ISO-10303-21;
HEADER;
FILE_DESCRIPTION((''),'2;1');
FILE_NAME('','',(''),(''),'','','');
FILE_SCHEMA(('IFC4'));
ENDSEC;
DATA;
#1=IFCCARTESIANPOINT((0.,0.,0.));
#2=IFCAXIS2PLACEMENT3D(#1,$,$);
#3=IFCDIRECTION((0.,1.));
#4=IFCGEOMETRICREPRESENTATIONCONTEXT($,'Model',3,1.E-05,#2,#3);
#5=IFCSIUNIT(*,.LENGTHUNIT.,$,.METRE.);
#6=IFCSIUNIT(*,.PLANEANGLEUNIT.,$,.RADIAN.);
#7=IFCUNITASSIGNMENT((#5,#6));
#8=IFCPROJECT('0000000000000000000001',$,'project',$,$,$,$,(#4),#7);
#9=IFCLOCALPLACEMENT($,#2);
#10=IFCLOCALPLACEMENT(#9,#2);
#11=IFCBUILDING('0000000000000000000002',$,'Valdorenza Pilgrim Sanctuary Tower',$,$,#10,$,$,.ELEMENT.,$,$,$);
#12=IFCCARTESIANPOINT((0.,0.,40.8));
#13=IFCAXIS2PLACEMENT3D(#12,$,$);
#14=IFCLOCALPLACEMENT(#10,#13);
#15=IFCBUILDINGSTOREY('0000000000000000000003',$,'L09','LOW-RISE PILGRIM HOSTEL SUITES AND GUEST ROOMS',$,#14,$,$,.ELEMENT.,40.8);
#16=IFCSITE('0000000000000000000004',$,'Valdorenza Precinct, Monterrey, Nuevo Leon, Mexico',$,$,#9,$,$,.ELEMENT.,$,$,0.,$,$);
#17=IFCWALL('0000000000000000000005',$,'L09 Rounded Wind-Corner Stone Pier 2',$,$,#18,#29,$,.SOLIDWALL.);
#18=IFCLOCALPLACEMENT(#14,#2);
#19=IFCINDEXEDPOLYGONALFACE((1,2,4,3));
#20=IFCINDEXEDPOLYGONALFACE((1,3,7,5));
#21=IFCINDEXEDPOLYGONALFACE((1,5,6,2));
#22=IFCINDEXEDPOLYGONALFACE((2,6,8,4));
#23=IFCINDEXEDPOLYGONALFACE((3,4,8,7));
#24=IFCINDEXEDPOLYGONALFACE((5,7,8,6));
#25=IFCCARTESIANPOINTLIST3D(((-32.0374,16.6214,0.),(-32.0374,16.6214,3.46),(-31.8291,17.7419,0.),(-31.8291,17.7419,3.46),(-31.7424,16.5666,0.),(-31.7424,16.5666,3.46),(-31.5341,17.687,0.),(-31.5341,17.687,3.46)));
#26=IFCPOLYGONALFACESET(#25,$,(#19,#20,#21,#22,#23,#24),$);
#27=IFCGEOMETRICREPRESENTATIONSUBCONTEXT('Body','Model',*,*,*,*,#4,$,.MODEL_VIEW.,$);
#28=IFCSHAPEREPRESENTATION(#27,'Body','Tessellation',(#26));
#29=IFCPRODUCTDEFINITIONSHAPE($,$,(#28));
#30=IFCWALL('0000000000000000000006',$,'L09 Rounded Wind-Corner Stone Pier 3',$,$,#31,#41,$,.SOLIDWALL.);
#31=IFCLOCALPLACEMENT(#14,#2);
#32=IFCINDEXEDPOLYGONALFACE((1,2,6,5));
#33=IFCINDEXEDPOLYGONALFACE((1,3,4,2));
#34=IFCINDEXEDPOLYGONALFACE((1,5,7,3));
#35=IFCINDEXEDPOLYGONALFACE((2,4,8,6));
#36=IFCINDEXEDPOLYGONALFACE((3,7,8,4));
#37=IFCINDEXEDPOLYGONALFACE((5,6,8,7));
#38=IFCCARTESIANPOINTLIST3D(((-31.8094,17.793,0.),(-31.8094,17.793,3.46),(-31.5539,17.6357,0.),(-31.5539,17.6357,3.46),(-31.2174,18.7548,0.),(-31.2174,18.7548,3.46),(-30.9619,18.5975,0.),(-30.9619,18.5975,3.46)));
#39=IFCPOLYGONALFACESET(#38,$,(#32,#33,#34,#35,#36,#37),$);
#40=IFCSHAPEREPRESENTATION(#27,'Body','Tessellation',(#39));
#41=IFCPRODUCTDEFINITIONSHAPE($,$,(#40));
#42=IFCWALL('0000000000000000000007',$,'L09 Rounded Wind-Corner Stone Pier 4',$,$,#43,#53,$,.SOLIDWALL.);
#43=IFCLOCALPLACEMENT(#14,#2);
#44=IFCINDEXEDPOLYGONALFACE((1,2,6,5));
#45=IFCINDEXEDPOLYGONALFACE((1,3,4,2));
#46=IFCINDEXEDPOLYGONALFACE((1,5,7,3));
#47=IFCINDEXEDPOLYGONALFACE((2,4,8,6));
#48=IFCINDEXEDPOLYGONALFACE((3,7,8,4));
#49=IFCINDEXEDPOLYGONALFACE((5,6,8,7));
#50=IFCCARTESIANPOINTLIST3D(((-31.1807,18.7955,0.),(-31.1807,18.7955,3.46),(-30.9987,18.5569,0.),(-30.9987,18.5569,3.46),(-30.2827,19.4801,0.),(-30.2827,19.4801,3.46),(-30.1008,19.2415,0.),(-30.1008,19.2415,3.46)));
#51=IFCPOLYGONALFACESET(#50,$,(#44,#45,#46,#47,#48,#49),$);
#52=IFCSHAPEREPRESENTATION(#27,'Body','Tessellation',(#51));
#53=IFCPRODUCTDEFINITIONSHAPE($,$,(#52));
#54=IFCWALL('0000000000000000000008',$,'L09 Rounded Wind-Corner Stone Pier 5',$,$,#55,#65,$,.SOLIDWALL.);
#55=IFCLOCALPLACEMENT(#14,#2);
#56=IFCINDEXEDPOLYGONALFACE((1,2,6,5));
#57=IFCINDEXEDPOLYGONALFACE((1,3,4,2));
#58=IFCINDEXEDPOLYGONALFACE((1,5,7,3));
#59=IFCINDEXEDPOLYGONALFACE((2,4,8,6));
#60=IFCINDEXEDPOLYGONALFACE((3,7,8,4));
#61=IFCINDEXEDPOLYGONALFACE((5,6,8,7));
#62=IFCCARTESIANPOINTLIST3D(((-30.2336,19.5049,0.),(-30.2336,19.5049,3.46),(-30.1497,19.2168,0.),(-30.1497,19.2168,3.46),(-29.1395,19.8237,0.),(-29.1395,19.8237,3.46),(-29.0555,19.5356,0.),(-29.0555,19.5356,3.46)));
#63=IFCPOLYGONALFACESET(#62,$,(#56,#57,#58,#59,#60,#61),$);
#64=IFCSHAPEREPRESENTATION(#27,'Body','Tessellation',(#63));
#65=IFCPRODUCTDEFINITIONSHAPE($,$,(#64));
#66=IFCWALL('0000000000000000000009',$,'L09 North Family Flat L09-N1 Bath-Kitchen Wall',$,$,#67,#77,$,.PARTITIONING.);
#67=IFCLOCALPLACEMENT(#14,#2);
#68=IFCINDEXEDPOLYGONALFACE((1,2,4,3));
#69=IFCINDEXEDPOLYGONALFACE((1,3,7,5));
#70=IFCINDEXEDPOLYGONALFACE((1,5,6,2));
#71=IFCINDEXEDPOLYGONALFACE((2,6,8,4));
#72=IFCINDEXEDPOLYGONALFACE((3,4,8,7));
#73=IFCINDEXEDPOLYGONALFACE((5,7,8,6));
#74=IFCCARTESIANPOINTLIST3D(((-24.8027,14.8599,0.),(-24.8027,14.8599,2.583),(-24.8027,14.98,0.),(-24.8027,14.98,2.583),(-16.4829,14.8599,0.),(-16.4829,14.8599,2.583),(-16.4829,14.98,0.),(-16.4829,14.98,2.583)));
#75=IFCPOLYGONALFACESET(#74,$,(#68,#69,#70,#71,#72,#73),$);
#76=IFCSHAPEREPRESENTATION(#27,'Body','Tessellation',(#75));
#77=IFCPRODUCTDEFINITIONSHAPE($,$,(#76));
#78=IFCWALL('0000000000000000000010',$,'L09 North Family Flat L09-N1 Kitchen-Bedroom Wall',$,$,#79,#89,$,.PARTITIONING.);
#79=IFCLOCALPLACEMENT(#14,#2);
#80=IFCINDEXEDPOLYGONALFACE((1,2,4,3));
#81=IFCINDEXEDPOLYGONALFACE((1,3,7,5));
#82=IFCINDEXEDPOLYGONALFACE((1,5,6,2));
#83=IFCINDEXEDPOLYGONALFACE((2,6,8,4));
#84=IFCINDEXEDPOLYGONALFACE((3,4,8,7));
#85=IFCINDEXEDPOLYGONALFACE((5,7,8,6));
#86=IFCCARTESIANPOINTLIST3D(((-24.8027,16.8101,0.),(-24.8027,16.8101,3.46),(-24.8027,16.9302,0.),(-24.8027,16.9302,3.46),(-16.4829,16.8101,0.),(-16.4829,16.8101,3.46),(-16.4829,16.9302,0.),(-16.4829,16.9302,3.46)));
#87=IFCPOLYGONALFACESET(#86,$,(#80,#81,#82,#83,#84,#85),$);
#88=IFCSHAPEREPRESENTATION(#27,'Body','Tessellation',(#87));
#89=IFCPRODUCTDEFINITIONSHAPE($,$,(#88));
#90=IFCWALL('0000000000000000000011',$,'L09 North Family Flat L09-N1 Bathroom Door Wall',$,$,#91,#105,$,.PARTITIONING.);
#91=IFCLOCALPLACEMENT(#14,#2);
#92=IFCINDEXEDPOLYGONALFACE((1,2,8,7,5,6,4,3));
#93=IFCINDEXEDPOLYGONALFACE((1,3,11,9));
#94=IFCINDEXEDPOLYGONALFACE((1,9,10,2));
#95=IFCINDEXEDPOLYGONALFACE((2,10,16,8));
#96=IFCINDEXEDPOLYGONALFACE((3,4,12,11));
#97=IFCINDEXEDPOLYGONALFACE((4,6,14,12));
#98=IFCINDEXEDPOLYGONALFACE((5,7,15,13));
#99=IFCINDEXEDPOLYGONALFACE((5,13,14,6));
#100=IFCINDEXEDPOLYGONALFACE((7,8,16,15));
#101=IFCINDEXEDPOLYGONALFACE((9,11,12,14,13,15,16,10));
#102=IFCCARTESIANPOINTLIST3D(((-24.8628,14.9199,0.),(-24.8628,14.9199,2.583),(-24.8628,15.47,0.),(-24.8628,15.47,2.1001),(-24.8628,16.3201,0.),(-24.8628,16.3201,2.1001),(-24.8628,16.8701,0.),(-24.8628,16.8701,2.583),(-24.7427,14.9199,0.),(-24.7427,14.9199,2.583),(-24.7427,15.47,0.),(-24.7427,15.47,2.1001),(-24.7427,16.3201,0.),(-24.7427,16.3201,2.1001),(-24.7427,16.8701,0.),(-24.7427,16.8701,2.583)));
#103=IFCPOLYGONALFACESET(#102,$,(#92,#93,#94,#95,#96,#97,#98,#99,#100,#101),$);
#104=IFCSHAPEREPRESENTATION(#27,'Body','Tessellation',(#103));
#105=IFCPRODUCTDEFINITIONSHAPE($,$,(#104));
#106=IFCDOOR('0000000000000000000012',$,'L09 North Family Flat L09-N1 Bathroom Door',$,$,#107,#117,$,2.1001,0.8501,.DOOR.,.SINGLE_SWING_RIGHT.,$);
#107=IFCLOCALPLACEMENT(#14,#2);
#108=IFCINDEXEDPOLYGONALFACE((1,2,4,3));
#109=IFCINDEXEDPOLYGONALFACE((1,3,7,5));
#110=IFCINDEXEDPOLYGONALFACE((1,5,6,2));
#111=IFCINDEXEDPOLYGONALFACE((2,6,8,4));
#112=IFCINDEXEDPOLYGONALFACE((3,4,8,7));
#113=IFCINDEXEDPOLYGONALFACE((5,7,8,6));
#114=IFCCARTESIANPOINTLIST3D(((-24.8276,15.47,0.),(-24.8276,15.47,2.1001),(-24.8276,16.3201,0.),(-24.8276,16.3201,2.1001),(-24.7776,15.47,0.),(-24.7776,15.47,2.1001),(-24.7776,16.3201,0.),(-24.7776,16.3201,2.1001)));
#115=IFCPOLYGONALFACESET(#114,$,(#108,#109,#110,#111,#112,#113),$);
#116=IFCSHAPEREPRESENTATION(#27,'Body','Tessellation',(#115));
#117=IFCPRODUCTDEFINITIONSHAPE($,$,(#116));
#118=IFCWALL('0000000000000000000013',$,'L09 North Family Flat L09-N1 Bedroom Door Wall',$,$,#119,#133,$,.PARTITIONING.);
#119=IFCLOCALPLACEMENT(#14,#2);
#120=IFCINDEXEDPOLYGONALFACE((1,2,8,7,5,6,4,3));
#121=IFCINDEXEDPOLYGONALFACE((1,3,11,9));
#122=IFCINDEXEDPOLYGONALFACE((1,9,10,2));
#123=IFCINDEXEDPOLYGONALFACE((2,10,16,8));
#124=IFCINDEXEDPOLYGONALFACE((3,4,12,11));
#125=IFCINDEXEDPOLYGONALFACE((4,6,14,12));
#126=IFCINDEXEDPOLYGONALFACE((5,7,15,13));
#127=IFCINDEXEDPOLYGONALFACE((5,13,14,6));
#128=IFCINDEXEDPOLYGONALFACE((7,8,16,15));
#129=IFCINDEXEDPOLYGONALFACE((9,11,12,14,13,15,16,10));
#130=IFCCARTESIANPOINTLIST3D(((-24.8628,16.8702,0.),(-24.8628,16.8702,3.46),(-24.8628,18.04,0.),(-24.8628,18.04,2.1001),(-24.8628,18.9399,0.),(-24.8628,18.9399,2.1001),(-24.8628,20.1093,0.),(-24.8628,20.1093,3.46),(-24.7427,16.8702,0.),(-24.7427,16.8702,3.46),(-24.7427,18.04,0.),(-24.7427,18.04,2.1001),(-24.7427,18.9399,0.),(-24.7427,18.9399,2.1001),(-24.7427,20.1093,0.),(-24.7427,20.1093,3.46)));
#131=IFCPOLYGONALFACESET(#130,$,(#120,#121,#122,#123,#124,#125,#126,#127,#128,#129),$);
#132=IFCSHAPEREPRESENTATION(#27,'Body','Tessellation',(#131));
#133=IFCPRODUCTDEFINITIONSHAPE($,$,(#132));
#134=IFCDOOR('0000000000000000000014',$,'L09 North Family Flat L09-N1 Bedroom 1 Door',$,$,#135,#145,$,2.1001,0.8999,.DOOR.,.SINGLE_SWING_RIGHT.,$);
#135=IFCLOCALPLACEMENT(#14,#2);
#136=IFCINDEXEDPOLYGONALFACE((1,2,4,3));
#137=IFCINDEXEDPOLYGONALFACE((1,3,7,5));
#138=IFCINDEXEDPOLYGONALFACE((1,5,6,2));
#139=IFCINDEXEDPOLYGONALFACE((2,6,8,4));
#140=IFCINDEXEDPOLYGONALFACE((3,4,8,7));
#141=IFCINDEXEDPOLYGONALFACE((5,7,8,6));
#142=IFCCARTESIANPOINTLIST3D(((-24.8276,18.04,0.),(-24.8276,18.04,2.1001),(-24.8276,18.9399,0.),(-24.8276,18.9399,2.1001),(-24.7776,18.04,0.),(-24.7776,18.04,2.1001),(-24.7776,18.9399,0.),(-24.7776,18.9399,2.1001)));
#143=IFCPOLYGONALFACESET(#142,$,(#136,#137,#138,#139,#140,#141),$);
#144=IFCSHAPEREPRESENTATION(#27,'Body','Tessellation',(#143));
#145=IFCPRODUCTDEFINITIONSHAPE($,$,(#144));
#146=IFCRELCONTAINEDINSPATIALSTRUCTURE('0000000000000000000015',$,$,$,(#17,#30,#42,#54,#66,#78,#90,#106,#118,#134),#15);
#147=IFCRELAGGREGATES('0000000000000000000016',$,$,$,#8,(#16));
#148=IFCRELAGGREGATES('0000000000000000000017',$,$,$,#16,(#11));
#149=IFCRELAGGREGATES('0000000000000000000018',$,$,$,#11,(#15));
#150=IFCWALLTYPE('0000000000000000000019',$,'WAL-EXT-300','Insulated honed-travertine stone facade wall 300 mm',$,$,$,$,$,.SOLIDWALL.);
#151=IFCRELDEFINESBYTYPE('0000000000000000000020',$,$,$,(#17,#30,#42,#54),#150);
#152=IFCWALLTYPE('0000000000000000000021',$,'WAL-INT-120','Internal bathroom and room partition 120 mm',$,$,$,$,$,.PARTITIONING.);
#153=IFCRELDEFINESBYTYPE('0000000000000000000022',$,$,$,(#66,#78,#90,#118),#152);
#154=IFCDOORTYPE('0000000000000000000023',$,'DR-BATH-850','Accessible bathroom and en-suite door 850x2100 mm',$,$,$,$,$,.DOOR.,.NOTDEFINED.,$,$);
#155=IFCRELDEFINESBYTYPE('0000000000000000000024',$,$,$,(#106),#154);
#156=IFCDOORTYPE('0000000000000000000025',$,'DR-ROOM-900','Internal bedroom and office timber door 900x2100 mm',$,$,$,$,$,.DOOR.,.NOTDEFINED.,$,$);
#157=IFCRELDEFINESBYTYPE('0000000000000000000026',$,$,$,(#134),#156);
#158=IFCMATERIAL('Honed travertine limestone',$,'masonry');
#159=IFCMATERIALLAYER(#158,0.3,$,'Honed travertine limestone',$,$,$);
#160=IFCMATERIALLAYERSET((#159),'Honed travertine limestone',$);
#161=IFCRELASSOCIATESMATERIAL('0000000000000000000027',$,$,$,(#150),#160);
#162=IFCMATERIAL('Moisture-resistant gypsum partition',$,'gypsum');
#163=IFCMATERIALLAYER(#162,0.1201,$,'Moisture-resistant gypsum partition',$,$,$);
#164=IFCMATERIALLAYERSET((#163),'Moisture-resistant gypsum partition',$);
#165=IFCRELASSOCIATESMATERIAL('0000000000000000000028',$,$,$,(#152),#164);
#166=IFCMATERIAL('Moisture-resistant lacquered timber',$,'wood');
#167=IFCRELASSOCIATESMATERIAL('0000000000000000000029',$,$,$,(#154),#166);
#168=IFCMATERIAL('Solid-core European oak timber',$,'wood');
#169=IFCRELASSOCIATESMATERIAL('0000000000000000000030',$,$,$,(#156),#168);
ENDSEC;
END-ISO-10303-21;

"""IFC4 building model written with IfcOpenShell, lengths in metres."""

from ifc_helpers import new_model, si_unit, direction, frame, frame_2d, origin, place, context, subcontext, project, spatial, rectangle, extrude, material, layer, layer_set, type_object, element, fill, save


model = new_model("IFC4")

# Units and contexts
model_context = context("Model", 3, precision=1e-05, world=origin(), true_north=direction((0.0, 1.0)))
body_context = subcontext(model_context, "Body", "Model", "MODEL_VIEW")
ifc_project = project(units=[si_unit("LENGTHUNIT", "METRE"), si_unit("PLANEANGLEUNIT", "RADIAN")], contexts=[model_context])

# Site, building, storey
site_placement = place(None, origin())
site = spatial("IfcSite", under=ifc_project, at=site_placement, Name="Valdorenza Precinct, Monterrey, Nuevo Leon, Mexico", CompositionType="ELEMENT", RefElevation=0.0)
building_placement = place(site_placement, origin())
building = spatial("IfcBuilding", under=site, at=building_placement, Name="Valdorenza Pilgrim Sanctuary Tower", CompositionType="ELEMENT")
storey_placement = place(building_placement, frame((0.0, 0.0, 40.8)))
storey = spatial("IfcBuildingStorey", under=building, at=storey_placement, Name="L09", Description="LOW-RISE PILGRIM HOSTEL SUITES AND GUEST ROOMS", CompositionType="ELEMENT", Elevation=40.8)

# Shared definitions
ifc_material_1 = material(Name="Honed travertine limestone", Category="masonry")

# Walls
ifc_layer_1 = layer(ifc_material_1, 0.3, Name="Honed travertine limestone")
ifc_layer_set_1 = layer_set([ifc_layer_1], Name="Honed travertine limestone")
wall_type_1 = type_object("IfcWallType", Name="WAL-EXT-300", Description="Insulated honed-travertine stone facade wall 300 mm", PredefinedType="SOLIDWALL", material=ifc_layer_set_1)
wall_1_placement = place(storey_placement, frame((-31.8899, 16.594, 0.0), z_axis=(0.0, 0.0, 1.0), x_axis=(0.182749, 0.98316, 0.0)))
element("IfcWall", 1, at=wall_1_placement, inside=storey, type_object=wall_type_1, Name="L09 Rounded Wind-Corner Stone Pier 2", PredefinedType="SOLIDWALL", context=body_context, shape_type="SweptSolid", body=[
    extrude(rectangle(XDim=1.1396, YDim=0.3, at=frame_2d((0.5698, 0.0))), origin(), (0.0, 0.0, 1.0), 3.46),
])
wall_2_placement = place(storey_placement, frame((-31.6816, 17.7144, 0.0), z_axis=(0.0, 0.0, 1.0), x_axis=(0.524158, 0.851621, 0.0)))
element("IfcWall", 2, at=wall_2_placement, inside=storey, type_object=wall_type_1, Name="L09 Rounded Wind-Corner Stone Pier 3", PredefinedType="SOLIDWALL", context=body_context, shape_type="SweptSolid", body=[
    extrude(rectangle(XDim=1.1294, YDim=0.3, at=frame_2d((0.5647, 0.0))), origin(), (0.0, 0.0, 1.0), 3.46),
])
wall_3_placement = place(storey_placement, frame((-31.0896, 18.6763, 0.0), z_axis=(0.0, 0.0, 1.0), x_axis=(0.795253, 0.606278, 0.0)))
element("IfcWall", 3, at=wall_3_placement, inside=storey, type_object=wall_type_1, Name="L09 Rounded Wind-Corner Stone Pier 4", PredefinedType="SOLIDWALL", context=body_context, shape_type="SweptSolid", body=[
    extrude(rectangle(XDim=1.1292, YDim=0.3, at=frame_2d((0.5645, 0.0))), origin(), (0.0, 0.0, 1.0), 3.46),
])
wall_4_placement = place(storey_placement, frame((-30.1917, 19.3608, 0.0), z_axis=(0.0, 0.0, 1.0), x_axis=(0.960072, 0.279753, 0.0)))
element("IfcWall", 4, at=wall_4_placement, inside=storey, type_object=wall_type_1, Name="L09 Rounded Wind-Corner Stone Pier 5", PredefinedType="SOLIDWALL", context=body_context, shape_type="SweptSolid", body=[
    extrude(rectangle(XDim=1.1396, YDim=0.3, at=frame_2d((0.5698, 0.0))), origin(), (0.0, 0.0, 1.0), 3.46),
])
ifc_material_2 = material(Name="Moisture-resistant gypsum partition", Category="gypsum")
ifc_layer_2 = layer(ifc_material_2, 0.1201, Name="Moisture-resistant gypsum partition")
ifc_layer_set_2 = layer_set([ifc_layer_2], Name="Moisture-resistant gypsum partition")
wall_type_2 = type_object("IfcWallType", Name="WAL-INT-120", Description="Internal bathroom and room partition 120 mm", PredefinedType="PARTITIONING", material=ifc_layer_set_2)
wall_5_placement = place(storey_placement, frame((-24.8027, 14.9199, 0.0), z_axis=(0.0, 0.0, 1.0), x_axis=(1.0, 0.0, 0.0)))
element("IfcWall", 5, at=wall_5_placement, inside=storey, type_object=wall_type_2, Name="L09 North Family Flat L09-N1 Bath-Kitchen Wall", PredefinedType="PARTITIONING", context=body_context, shape_type="SweptSolid", body=[
    extrude(rectangle(XDim=8.3198, YDim=0.1201, at=frame_2d((4.1599, 0.0))), origin(), (0.0, 0.0, 1.0), 2.583),
])
wall_6_placement = place(storey_placement, frame((-24.8027, 16.8701, 0.0), z_axis=(0.0, 0.0, 1.0), x_axis=(1.0, 0.0, 0.0)))
element("IfcWall", 6, at=wall_6_placement, inside=storey, type_object=wall_type_2, Name="L09 North Family Flat L09-N1 Kitchen-Bedroom Wall", PredefinedType="PARTITIONING", context=body_context, shape_type="SweptSolid", body=[
    extrude(rectangle(XDim=8.3198, YDim=0.1201, at=frame_2d((4.1599, 0.0))), origin(), (0.0, 0.0, 1.0), 3.46),
])

# Walls, openings, doors
wall_7_placement = place(storey_placement, frame((-24.8027, 14.9199, 0.0), z_axis=(0.0, 0.0, 1.0), x_axis=(0.0, 1.0, 0.0)))
wall_7 = element("IfcWall", 7, at=wall_7_placement, inside=storey, type_object=wall_type_2, Name="L09 North Family Flat L09-N1 Bathroom Door Wall", PredefinedType="PARTITIONING", context=body_context, shape_type="SweptSolid", body=[
    extrude(rectangle(XDim=1.9502, YDim=0.1201, at=frame_2d((0.9751, 0.0))), origin(), (0.0, 0.0, 1.0), 2.583),
])
opening_1_placement = place(wall_7_placement, frame((0.55, 0.0, 0.0)))
opening_1 = element("IfcOpeningElement", 8, at=opening_1_placement, cuts=wall_7, PredefinedType="OPENING", context=body_context, shape_type="SweptSolid", body=[
    extrude(rectangle(XDim=0.8501, YDim=2.1001, at=frame_2d((0.425, 1.05))), frame((0.0, 0.075, 0.0), z_axis=(0.0, -1.0, 0.0), x_axis=(1.0, 0.0, 0.0)), (0.0, 0.0, 1.0), 0.1499),
])
ifc_material_3 = material(Name="Moisture-resistant lacquered timber", Category="wood")
door_type_1 = type_object("IfcDoorType", Name="DR-BATH-850", Description="Accessible bathroom and en-suite door 850x2100 mm", OperationType="NOTDEFINED", PredefinedType="DOOR", material=ifc_material_3)
door_1_placement = place(opening_1_placement, origin())
door_1 = element("IfcDoor", 9, at=door_1_placement, inside=storey, type_object=door_type_1, Name="L09 North Family Flat L09-N1 Bathroom Door", OperationType="SINGLE_SWING_RIGHT", OverallHeight=2.1001, OverallWidth=0.8501, PredefinedType="DOOR", context=body_context, shape_type="SweptSolid", body=[
    extrude(rectangle(XDim=0.8501, YDim=2.1001, at=frame_2d((0.425, 1.05))), frame((0.0, 0.0249, 0.0), z_axis=(0.0, -1.0, 0.0), x_axis=(1.0, 0.0, 0.0)), (0.0, 0.0, 1.0), 0.05),
])
fill(opening_1, door_1)
wall_8_placement = place(storey_placement, frame((-24.8027, 16.8701, 0.0), z_axis=(0.0, 0.0, 1.0), x_axis=(0.0, 1.0, 0.0)))
wall_8 = element("IfcWall", 10, at=wall_8_placement, inside=storey, type_object=wall_type_2, Name="L09 North Family Flat L09-N1 Bedroom Door Wall", PredefinedType="PARTITIONING", context=body_context, shape_type="SweptSolid", body=[
    extrude(rectangle(XDim=3.239, YDim=0.1201, at=frame_2d((1.6196, 0.0))), origin(), (0.0, 0.0, 1.0), 3.46),
])
opening_2_placement = place(wall_8_placement, frame((1.1699, 0.0, 0.0)))
opening_2 = element("IfcOpeningElement", 11, at=opening_2_placement, cuts=wall_8, PredefinedType="OPENING", context=body_context, shape_type="SweptSolid", body=[
    extrude(rectangle(XDim=0.8999, YDim=2.1001, at=frame_2d((0.45, 1.05))), frame((0.0, 0.075, 0.0), z_axis=(0.0, -1.0, 0.0), x_axis=(1.0, 0.0, 0.0)), (0.0, 0.0, 1.0), 0.1499),
])
ifc_material_4 = material(Name="Solid-core European oak timber", Category="wood")
door_type_2 = type_object("IfcDoorType", Name="DR-ROOM-900", Description="Internal bedroom and office timber door 900x2100 mm", OperationType="NOTDEFINED", PredefinedType="DOOR", material=ifc_material_4)
door_2_placement = place(opening_2_placement, origin())
door_2 = element("IfcDoor", 12, at=door_2_placement, inside=storey, type_object=door_type_2, Name="L09 North Family Flat L09-N1 Bedroom 1 Door", OperationType="SINGLE_SWING_RIGHT", OverallHeight=2.1001, OverallWidth=0.8999, PredefinedType="DOOR", context=body_context, shape_type="SweptSolid", body=[
    extrude(rectangle(XDim=0.8999, YDim=2.1001, at=frame_2d((0.45, 1.05))), frame((0.0, 0.0249, 0.0), z_axis=(0.0, -1.0, 0.0), x_axis=(1.0, 0.0, 0.0)), (0.0, 0.0, 1.0), 0.05),
])
fill(opening_2, door_2)

save(model, "model.ifc")
